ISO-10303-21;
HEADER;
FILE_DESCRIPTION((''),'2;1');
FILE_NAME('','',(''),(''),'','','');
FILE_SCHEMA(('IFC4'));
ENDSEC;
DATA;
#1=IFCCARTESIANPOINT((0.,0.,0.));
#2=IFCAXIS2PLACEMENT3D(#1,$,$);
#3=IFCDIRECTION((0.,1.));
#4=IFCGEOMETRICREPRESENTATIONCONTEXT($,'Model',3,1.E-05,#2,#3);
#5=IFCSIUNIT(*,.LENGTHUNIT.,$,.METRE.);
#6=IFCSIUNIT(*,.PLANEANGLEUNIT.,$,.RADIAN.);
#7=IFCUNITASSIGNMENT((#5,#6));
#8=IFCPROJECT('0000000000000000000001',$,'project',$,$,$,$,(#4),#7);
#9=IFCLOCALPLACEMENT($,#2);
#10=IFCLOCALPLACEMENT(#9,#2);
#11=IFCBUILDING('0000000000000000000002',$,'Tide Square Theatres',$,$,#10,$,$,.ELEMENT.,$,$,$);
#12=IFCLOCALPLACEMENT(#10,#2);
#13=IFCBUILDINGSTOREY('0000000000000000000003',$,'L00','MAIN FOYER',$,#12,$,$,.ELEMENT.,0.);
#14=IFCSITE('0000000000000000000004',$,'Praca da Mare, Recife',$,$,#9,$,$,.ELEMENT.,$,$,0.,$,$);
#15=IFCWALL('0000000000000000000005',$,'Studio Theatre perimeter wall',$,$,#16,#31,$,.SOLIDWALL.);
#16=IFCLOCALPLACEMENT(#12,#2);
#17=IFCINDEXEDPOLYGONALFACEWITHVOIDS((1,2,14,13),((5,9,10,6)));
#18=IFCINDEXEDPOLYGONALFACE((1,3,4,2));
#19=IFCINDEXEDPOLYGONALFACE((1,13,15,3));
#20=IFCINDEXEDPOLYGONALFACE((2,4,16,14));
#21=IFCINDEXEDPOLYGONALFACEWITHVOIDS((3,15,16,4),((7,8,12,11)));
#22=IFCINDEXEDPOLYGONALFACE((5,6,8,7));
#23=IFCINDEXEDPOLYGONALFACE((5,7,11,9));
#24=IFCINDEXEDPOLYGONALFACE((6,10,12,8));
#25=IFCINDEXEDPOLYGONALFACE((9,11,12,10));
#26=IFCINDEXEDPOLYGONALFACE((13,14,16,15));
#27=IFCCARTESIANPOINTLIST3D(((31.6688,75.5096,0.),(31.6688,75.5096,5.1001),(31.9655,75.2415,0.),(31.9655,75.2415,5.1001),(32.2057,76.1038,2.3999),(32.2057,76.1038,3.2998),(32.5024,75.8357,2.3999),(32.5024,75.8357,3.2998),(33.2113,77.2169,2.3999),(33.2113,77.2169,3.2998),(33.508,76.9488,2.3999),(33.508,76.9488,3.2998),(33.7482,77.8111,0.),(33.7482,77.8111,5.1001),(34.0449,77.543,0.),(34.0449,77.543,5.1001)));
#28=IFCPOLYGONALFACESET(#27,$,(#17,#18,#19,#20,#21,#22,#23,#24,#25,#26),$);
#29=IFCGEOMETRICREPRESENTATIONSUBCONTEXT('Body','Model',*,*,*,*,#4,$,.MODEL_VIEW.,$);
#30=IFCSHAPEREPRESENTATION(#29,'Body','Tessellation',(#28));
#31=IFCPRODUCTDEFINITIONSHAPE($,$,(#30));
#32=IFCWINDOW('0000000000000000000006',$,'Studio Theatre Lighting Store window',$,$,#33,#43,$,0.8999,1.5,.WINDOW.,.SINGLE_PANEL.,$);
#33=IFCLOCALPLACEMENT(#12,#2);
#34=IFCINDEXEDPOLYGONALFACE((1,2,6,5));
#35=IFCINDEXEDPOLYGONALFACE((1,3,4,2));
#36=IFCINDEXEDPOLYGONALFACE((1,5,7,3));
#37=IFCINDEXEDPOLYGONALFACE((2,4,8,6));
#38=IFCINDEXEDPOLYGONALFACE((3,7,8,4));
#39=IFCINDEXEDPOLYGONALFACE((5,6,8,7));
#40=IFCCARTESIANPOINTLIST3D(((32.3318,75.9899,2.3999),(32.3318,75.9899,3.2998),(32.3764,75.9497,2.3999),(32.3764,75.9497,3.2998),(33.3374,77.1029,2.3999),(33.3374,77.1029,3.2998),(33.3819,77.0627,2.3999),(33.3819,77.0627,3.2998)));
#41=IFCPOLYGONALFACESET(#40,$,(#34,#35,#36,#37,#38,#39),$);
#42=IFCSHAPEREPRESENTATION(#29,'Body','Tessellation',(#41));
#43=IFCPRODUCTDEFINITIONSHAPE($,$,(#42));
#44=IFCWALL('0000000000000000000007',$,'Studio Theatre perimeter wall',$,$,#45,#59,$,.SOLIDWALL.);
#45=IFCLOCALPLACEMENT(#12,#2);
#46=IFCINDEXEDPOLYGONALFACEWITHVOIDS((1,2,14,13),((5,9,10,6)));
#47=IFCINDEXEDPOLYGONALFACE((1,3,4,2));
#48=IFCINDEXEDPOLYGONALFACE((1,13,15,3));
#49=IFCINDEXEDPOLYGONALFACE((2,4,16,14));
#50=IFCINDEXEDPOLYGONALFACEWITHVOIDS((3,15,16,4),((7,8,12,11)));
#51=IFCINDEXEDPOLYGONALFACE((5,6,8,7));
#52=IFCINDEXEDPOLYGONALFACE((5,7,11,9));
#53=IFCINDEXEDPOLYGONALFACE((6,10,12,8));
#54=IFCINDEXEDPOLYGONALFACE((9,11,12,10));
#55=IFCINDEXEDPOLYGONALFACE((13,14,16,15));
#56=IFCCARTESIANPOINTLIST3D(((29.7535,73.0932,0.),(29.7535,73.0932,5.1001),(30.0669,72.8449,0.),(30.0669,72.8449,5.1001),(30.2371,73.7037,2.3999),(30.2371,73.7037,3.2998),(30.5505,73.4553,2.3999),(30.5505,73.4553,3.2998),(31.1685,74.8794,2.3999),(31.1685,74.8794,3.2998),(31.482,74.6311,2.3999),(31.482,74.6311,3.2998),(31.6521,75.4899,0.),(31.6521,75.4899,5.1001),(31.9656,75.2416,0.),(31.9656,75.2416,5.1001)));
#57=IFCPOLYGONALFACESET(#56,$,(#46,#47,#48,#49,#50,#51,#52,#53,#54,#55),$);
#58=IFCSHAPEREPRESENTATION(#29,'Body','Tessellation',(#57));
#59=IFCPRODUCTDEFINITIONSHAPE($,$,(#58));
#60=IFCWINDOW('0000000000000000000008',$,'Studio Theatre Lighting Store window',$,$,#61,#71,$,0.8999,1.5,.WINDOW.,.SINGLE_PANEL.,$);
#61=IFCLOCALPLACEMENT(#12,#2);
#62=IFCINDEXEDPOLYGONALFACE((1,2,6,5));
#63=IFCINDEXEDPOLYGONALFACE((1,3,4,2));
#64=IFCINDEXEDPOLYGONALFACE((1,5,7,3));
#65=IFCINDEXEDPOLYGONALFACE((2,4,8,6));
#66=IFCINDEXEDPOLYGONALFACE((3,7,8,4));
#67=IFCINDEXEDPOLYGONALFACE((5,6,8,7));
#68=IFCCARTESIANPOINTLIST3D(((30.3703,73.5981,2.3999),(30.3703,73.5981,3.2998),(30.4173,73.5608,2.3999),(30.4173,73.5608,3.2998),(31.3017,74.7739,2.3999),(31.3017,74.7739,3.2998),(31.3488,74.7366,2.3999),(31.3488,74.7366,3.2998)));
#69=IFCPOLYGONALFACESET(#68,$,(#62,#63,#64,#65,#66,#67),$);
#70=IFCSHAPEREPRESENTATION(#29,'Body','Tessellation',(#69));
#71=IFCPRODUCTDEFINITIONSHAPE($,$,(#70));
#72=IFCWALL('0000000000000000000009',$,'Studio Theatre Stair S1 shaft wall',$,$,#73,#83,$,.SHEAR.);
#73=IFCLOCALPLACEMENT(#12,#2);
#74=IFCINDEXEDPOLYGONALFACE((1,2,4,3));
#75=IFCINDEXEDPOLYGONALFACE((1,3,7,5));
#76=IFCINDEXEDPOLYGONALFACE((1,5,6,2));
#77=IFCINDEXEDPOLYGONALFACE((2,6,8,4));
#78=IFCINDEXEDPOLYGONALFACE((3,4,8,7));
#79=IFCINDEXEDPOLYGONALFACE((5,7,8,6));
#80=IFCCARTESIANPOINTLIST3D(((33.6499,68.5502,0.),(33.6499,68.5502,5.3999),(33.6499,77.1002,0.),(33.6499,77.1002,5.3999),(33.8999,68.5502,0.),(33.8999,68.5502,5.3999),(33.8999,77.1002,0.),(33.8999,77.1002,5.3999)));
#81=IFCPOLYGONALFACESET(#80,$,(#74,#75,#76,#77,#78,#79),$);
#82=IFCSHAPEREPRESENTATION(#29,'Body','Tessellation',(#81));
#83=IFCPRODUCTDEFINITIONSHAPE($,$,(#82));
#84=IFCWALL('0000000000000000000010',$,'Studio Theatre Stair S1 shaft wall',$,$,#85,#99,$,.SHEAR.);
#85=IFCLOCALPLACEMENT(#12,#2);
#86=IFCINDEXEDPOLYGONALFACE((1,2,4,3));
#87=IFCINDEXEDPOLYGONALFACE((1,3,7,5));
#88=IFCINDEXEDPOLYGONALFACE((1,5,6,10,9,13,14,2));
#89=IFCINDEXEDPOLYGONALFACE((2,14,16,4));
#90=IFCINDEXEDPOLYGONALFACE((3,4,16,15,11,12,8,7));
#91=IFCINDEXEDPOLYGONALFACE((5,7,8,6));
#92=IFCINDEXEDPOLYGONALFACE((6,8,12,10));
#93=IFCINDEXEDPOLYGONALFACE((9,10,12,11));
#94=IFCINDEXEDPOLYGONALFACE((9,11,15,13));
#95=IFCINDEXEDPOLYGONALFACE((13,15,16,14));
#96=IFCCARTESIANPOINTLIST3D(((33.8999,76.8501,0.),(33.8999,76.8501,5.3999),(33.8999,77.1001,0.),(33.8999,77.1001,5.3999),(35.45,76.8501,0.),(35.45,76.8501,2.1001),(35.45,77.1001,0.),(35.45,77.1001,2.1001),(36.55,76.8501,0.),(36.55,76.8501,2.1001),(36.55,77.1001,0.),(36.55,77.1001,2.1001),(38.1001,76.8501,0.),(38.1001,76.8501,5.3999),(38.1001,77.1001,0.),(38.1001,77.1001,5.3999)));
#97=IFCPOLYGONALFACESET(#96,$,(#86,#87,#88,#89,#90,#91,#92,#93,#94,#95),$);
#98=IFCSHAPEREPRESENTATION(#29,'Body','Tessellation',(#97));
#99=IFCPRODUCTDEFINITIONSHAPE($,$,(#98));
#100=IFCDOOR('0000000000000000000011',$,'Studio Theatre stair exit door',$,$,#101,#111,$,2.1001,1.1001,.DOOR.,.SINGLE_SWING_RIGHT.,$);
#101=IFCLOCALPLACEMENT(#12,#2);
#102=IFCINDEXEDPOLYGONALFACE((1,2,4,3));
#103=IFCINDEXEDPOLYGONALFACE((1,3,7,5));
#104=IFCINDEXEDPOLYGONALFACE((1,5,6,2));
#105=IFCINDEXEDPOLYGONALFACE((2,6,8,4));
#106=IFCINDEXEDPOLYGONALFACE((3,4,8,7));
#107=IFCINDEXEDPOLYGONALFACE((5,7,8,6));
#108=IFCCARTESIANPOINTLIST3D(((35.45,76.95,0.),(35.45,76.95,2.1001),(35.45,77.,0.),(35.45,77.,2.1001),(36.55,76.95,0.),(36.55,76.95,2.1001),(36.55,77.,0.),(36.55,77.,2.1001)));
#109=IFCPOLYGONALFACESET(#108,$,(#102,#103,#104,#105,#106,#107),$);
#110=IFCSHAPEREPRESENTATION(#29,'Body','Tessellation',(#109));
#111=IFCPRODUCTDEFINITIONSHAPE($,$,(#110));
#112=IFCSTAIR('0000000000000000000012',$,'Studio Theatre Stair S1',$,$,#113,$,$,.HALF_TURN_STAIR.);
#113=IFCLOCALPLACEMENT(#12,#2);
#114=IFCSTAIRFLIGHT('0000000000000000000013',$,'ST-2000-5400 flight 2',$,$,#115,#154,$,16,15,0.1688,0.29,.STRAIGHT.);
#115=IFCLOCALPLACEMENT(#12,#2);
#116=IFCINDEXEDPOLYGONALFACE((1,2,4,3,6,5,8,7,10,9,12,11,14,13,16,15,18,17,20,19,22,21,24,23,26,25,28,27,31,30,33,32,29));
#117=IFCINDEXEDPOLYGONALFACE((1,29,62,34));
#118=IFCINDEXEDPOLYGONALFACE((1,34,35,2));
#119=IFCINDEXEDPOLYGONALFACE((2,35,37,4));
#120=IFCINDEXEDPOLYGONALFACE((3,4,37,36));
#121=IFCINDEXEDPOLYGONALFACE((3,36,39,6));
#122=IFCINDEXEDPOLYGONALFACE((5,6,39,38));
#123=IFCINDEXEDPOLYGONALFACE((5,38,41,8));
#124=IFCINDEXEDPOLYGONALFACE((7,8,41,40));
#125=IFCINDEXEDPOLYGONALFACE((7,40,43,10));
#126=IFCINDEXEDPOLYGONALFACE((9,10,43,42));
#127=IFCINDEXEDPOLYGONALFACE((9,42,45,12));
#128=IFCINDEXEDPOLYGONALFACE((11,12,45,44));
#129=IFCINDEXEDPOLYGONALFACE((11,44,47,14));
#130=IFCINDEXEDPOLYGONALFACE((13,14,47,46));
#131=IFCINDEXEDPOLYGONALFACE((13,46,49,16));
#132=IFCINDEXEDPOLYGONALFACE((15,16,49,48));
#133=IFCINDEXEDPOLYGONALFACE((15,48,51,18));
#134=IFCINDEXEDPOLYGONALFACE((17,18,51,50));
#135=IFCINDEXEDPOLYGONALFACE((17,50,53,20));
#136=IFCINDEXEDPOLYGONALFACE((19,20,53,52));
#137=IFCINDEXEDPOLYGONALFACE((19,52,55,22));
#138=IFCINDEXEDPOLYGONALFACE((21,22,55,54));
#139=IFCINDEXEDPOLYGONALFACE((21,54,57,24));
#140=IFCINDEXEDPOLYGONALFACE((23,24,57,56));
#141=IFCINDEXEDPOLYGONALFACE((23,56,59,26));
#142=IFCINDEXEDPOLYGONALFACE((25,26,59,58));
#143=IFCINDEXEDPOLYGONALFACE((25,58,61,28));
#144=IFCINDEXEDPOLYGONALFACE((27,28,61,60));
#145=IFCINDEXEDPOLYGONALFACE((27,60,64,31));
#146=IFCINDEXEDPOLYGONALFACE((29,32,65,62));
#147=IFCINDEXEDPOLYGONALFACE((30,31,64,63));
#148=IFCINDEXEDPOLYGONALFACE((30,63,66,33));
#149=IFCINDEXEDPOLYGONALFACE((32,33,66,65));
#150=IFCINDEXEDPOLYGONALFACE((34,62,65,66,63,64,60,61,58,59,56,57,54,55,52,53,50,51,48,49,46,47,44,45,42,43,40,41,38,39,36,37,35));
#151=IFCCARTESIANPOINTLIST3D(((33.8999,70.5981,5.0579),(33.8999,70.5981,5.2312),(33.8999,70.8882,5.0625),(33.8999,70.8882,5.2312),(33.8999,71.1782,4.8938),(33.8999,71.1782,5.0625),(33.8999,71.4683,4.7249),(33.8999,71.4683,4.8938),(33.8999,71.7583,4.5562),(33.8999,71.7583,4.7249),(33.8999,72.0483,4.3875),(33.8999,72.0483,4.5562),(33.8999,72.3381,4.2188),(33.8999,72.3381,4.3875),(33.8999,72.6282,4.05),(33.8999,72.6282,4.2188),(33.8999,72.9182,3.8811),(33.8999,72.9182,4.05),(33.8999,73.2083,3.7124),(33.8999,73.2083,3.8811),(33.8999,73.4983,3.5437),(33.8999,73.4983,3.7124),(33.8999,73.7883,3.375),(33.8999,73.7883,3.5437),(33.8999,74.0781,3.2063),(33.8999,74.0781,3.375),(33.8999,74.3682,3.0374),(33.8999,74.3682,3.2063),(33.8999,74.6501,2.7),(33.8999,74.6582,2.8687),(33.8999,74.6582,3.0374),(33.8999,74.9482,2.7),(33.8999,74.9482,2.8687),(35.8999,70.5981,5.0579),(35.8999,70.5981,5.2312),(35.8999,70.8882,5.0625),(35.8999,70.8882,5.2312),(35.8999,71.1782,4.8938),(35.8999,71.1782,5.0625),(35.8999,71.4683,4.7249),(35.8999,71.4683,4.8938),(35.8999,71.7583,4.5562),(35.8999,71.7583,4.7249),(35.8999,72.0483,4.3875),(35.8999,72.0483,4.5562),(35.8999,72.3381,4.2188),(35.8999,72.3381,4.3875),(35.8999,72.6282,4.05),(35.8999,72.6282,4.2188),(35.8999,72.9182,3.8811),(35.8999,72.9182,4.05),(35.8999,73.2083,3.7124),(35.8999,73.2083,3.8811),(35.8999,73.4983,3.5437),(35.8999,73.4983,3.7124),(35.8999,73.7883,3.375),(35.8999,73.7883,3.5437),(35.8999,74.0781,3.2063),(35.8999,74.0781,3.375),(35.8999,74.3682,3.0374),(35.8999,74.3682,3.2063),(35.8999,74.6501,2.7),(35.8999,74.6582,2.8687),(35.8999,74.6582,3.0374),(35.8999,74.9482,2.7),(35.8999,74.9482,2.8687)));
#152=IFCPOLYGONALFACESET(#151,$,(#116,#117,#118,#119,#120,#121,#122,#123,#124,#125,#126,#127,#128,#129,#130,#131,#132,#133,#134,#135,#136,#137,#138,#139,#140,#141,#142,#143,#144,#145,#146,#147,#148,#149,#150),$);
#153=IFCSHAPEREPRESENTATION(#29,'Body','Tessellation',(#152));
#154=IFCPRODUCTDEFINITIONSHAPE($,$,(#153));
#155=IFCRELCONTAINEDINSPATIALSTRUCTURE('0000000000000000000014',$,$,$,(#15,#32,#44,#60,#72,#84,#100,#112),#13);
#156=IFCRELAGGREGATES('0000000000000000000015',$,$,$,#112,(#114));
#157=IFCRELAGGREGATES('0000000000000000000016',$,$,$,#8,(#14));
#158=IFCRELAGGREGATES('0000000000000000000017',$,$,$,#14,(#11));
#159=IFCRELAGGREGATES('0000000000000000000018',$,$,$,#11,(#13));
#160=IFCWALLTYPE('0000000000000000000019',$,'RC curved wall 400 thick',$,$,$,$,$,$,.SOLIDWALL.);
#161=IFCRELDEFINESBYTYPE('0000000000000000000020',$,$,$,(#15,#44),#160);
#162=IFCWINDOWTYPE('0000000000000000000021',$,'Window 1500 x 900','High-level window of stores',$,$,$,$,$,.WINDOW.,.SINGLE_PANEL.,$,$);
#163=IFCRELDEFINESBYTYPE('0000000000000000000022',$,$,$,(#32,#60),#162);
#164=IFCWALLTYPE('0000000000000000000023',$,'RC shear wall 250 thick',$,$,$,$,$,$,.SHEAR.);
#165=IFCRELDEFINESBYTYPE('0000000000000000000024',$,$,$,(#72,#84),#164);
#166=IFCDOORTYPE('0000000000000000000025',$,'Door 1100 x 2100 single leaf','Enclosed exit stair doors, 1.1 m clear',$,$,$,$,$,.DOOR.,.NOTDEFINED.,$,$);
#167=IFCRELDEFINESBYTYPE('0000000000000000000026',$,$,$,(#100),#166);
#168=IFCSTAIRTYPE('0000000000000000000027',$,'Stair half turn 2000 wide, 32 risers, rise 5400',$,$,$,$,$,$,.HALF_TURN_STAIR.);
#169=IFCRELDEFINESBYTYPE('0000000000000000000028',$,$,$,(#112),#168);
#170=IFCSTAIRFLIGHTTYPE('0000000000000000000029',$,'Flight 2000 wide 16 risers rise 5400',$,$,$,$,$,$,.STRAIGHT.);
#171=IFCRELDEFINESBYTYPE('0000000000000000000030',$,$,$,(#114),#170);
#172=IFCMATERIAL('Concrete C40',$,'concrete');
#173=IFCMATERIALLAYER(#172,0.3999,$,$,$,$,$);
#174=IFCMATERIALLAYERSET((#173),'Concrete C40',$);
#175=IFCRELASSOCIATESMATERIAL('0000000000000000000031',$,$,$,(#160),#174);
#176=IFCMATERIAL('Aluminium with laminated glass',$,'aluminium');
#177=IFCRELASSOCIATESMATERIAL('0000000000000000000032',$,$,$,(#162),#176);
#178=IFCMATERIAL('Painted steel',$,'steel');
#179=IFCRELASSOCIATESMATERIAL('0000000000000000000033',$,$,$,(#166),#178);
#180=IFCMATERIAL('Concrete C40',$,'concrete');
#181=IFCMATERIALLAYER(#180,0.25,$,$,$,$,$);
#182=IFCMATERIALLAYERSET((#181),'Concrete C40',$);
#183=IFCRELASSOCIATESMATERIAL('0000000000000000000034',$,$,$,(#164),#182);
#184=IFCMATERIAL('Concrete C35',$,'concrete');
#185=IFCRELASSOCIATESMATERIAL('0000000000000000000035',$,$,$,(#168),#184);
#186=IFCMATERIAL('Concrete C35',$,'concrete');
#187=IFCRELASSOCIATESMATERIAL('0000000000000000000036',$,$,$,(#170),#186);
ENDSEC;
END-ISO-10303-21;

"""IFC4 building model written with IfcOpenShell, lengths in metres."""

from ifc_helpers import new_model, si_unit, direction, frame, frame_2d, origin, place, context, subcontext, project, spatial, polyline, rectangle, outline, extrude, material, layer, layer_set, type_object, element, fill, aggregate, save


model = new_model("IFC4")

# Units and contexts
model_context = context("Model", 3, precision=1e-05, world=origin(), true_north=direction((0.0, 1.0)))
body_context = subcontext(model_context, "Body", "Model", "MODEL_VIEW")
ifc_project = project(units=[si_unit("LENGTHUNIT", "METRE"), si_unit("PLANEANGLEUNIT", "RADIAN")], contexts=[model_context])

# Site, building, storey
site_placement = place(None, origin())
site = spatial("IfcSite", under=ifc_project, at=site_placement, Name="Praca da Mare, Recife", CompositionType="ELEMENT", RefElevation=0.0)
building_placement = place(site_placement, origin())
building = spatial("IfcBuilding", under=site, at=building_placement, Name="Tide Square Theatres", CompositionType="ELEMENT")
storey_placement = place(building_placement, origin())
storey = spatial("IfcBuildingStorey", under=building, at=storey_placement, Name="L00", Description="MAIN FOYER", CompositionType="ELEMENT", Elevation=0.0)

# Shared definitions
ifc_material_1 = material(Name="Concrete C40", Category="concrete")
ifc_layer_1 = layer(ifc_material_1, 0.3999)
ifc_layer_set_1 = layer_set([ifc_layer_1], Name="Concrete C40")
wall_type_1 = type_object("IfcWallType", Name="RC curved wall 400 thick", PredefinedType="SOLIDWALL", material=ifc_layer_set_1)
ifc_material_2 = material(Name="Aluminium with laminated glass", Category="aluminium")
window_type = type_object("IfcWindowType", Name="Window 1500 x 900", Description="High-level window of stores", PartitioningType="SINGLE_PANEL", PredefinedType="WINDOW", material=ifc_material_2)

# Shared definitions
ifc_material_3 = material(Name="Painted steel", Category="steel")
door_type = type_object("IfcDoorType", Name="Door 1100 x 2100 single leaf", Description="Enclosed exit stair doors, 1.1 m clear", OperationType="NOTDEFINED", PredefinedType="DOOR", material=ifc_material_3)

# Walls, openings, windows
wall_1_placement = place(storey_placement, frame((33.8965, 77.677, 0.0), z_axis=(0.0, 0.0, 1.0), x_axis=(-0.670386, -0.742013, 0.0)))
wall_1 = element("IfcWall", 1, at=wall_1_placement, inside=storey, type_object=wall_type_1, Name="Studio Theatre perimeter wall", PredefinedType="SOLIDWALL", context=body_context, shape_type="SweptSolid", body=[
    extrude(rectangle(XDim=3.1018, YDim=0.3999, at=frame_2d((1.5508, 0.0))), origin(), (0.0, 0.0, 1.0), 5.1001),
])
opening_1_placement = place(wall_1_placement, frame((0.8008, 0.0, 2.3999)))
opening_1 = element("IfcOpeningElement", 2, at=opening_1_placement, cuts=wall_1, PredefinedType="OPENING", context=body_context, shape_type="SweptSolid", body=[
    extrude(rectangle(XDim=1.5, YDim=0.8999, at=frame_2d((0.75, 0.45))), frame((0.0, 0.21, 0.0), z_axis=(0.0, -1.0, 0.0), x_axis=(1.0, 0.0, 0.0)), (0.0, 0.0, 1.0), 0.4199),
])
window_1_placement = place(opening_1_placement, origin())
window_1 = element("IfcWindow", 3, at=window_1_placement, inside=storey, type_object=window_type, Name="Studio Theatre Lighting Store window", OverallHeight=0.8999, OverallWidth=1.5, PartitioningType="SINGLE_PANEL", PredefinedType="WINDOW", context=body_context, shape_type="SweptSolid", body=[
    extrude(rectangle(XDim=1.5, YDim=0.8999, at=frame_2d((0.75, 0.45))), frame((0.0, 0.03, 0.0), z_axis=(0.0, -1.0, 0.0), x_axis=(1.0, 0.0, 0.0)), (0.0, 0.0, 1.0), 0.0601),
])
fill(opening_1, window_1)
wall_2_placement = place(storey_placement, frame((31.8088, 75.3657, 0.0), z_axis=(0.0, 0.0, 1.0), x_axis=(-0.620959, -0.783843, 0.0)))
wall_2 = element("IfcWall", 4, at=wall_2_placement, inside=storey, type_object=wall_type_1, Name="Studio Theatre perimeter wall", PredefinedType="SOLIDWALL", context=body_context, shape_type="SweptSolid", body=[
    extrude(rectangle(XDim=3.0576, YDim=0.3999, at=frame_2d((1.5288, 0.0))), origin(), (0.0, 0.0, 1.0), 5.1001),
])
opening_2_placement = place(wall_2_placement, frame((0.7788, 0.0, 2.3999)))
opening_2 = element("IfcOpeningElement", 5, at=opening_2_placement, cuts=wall_2, PredefinedType="OPENING", context=body_context, shape_type="SweptSolid", body=[
    extrude(rectangle(XDim=1.5, YDim=0.8999, at=frame_2d((0.75, 0.45))), frame((0.0, 0.21, 0.0), z_axis=(0.0, -1.0, 0.0), x_axis=(1.0, 0.0, 0.0)), (0.0, 0.0, 1.0), 0.4199),
])
window_2_placement = place(opening_2_placement, origin())
window_2 = element("IfcWindow", 6, at=window_2_placement, inside=storey, type_object=window_type, Name="Studio Theatre Lighting Store window", OverallHeight=0.8999, OverallWidth=1.5, PartitioningType="SINGLE_PANEL", PredefinedType="WINDOW", context=body_context, shape_type="SweptSolid", body=[
    extrude(rectangle(XDim=1.5, YDim=0.8999, at=frame_2d((0.75, 0.45))), frame((0.0, 0.03, 0.0), z_axis=(0.0, -1.0, 0.0), x_axis=(1.0, 0.0, 0.0)), (0.0, 0.0, 1.0), 0.0601),
])
fill(opening_2, window_2)

# Wall
ifc_material_4 = material(Name="Concrete C40", Category="concrete")
ifc_layer_2 = layer(ifc_material_4, 0.25)
ifc_layer_set_2 = layer_set([ifc_layer_2], Name="Concrete C40")
wall_type_2 = type_object("IfcWallType", Name="RC shear wall 250 thick", PredefinedType="SHEAR", material=ifc_layer_set_2)
wall_3_placement = place(storey_placement, frame((33.7749, 77.1001, 0.0), z_axis=(0.0, 0.0, 1.0), x_axis=(0.0, -1.0, 0.0)))
element("IfcWall", 7, at=wall_3_placement, inside=storey, type_object=wall_type_2, Name="Studio Theatre Stair S1 shaft wall", PredefinedType="SHEAR", context=body_context, shape_type="SweptSolid", body=[
    extrude(rectangle(XDim=8.55, YDim=0.25, at=frame_2d((4.2749, 0.0))), origin(), (0.0, 0.0, 1.0), 5.3999),
])

# Wall, opening, door
wall_4_placement = place(storey_placement, frame((33.8999, 76.9751, 0.0), z_axis=(0.0, 0.0, 1.0), x_axis=(1.0, 0.0, 0.0)))
wall_4 = element("IfcWall", 8, at=wall_4_placement, inside=storey, type_object=wall_type_2, Name="Studio Theatre Stair S1 shaft wall", PredefinedType="SHEAR", context=body_context, shape_type="SweptSolid", body=[
    extrude(rectangle(XDim=4.2002, YDim=0.25, at=frame_2d((2.1001, 0.0))), origin(), (0.0, 0.0, 1.0), 5.3999),
])
opening_3_placement = place(wall_4_placement, frame((1.55, 0.0, 0.0)))
opening_3 = element("IfcOpeningElement", 9, at=opening_3_placement, cuts=wall_4, PredefinedType="OPENING", context=body_context, shape_type="SweptSolid", body=[
    extrude(rectangle(XDim=1.1001, YDim=2.1001, at=frame_2d((0.55, 1.05))), frame((0.0, 0.135, 0.0), z_axis=(0.0, -1.0, 0.0), x_axis=(1.0, 0.0, 0.0)), (0.0, 0.0, 1.0), 0.27),
])
door_1_placement = place(opening_3_placement, origin())
door_1 = element("IfcDoor", 10, at=door_1_placement, inside=storey, type_object=door_type, Name="Studio Theatre stair exit door", OperationType="SINGLE_SWING_RIGHT", OverallHeight=2.1001, OverallWidth=1.1001, PredefinedType="DOOR", context=body_context, shape_type="SweptSolid", body=[
    extrude(rectangle(XDim=1.1001, YDim=2.1001, at=frame_2d((0.55, 1.05))), frame((0.0, 0.0249, 0.0), z_axis=(0.0, -1.0, 0.0), x_axis=(1.0, 0.0, 0.0)), (0.0, 0.0, 1.0), 0.05),
])
fill(opening_3, door_1)

# Stair, stair flight
ifc_material_5 = material(Name="Concrete C35", Category="concrete")
stair_type = type_object("IfcStairType", Name="Stair half turn 2000 wide, 32 risers, rise 5400", PredefinedType="HALF_TURN_STAIR", material=ifc_material_5)
stair_placement = place(storey_placement, origin())
stair = element("IfcStair", 11, at=stair_placement, inside=storey, type_object=stair_type, Name="Studio Theatre Stair S1", PredefinedType="HALF_TURN_STAIR")
ifc_material_6 = material(Name="Concrete C35", Category="concrete")
stair_flight_type = type_object("IfcStairFlightType", Name="Flight 2000 wide 16 risers rise 5400", PredefinedType="STRAIGHT", material=ifc_material_6)
stair_flight_placement = place(storey_placement, frame((34.8999, 74.9482, 2.7), z_axis=(0.0, 0.0, 1.0), x_axis=(0.0, -1.0, 0.0)))
stair_flight = element("IfcStairFlight", 12, at=stair_flight_placement, type_object=stair_flight_type, Name="ST-2000-5400 flight 2", NumberOfRisers=16, NumberOfTreads=15, PredefinedType="STRAIGHT", RiserHeight=0.1688, TreadLength=0.29, context=body_context, shape_type="SweptSolid", body=[
    extrude(outline(polyline([(0.0, 0.0), (0.0, 0.1687), (0.29, 0.1687), (0.29, 0.3374), (0.5801, 0.3374), (0.5801, 0.5063), (0.8701, 0.5063), (0.8701, 0.675), (1.1599, 0.675), (1.1599, 0.8438), (1.45, 0.8438), (1.45, 1.0125), (1.74, 1.0125), (1.74, 1.1812), (2.03, 1.1812), (2.03, 1.3501), (2.3201, 1.3501), (2.3201, 1.5188), (2.6101, 1.5188), (2.6101, 1.6875), (2.8999, 1.6875), (2.8999, 1.8562), (3.1899, 1.8562), (3.1899, 2.0249), (3.48, 2.0249), (3.48, 2.1938), (3.77, 2.1938), (3.77, 2.3625), (4.0601, 2.3625), (4.0601, 2.5312), (4.3501, 2.5312), (4.3501, 2.7), (4.3501, 2.3579), (0.2981, 0.0), (0.0, 0.0)])), frame((0.0, 1.0, 0.0), z_axis=(0.0, -1.0, 0.0), x_axis=(1.0, 0.0, 0.0)), (0.0, 0.0, 1.0), 2.0),
])
aggregate(stair, [stair_flight])

save(model, "model.ifc")
